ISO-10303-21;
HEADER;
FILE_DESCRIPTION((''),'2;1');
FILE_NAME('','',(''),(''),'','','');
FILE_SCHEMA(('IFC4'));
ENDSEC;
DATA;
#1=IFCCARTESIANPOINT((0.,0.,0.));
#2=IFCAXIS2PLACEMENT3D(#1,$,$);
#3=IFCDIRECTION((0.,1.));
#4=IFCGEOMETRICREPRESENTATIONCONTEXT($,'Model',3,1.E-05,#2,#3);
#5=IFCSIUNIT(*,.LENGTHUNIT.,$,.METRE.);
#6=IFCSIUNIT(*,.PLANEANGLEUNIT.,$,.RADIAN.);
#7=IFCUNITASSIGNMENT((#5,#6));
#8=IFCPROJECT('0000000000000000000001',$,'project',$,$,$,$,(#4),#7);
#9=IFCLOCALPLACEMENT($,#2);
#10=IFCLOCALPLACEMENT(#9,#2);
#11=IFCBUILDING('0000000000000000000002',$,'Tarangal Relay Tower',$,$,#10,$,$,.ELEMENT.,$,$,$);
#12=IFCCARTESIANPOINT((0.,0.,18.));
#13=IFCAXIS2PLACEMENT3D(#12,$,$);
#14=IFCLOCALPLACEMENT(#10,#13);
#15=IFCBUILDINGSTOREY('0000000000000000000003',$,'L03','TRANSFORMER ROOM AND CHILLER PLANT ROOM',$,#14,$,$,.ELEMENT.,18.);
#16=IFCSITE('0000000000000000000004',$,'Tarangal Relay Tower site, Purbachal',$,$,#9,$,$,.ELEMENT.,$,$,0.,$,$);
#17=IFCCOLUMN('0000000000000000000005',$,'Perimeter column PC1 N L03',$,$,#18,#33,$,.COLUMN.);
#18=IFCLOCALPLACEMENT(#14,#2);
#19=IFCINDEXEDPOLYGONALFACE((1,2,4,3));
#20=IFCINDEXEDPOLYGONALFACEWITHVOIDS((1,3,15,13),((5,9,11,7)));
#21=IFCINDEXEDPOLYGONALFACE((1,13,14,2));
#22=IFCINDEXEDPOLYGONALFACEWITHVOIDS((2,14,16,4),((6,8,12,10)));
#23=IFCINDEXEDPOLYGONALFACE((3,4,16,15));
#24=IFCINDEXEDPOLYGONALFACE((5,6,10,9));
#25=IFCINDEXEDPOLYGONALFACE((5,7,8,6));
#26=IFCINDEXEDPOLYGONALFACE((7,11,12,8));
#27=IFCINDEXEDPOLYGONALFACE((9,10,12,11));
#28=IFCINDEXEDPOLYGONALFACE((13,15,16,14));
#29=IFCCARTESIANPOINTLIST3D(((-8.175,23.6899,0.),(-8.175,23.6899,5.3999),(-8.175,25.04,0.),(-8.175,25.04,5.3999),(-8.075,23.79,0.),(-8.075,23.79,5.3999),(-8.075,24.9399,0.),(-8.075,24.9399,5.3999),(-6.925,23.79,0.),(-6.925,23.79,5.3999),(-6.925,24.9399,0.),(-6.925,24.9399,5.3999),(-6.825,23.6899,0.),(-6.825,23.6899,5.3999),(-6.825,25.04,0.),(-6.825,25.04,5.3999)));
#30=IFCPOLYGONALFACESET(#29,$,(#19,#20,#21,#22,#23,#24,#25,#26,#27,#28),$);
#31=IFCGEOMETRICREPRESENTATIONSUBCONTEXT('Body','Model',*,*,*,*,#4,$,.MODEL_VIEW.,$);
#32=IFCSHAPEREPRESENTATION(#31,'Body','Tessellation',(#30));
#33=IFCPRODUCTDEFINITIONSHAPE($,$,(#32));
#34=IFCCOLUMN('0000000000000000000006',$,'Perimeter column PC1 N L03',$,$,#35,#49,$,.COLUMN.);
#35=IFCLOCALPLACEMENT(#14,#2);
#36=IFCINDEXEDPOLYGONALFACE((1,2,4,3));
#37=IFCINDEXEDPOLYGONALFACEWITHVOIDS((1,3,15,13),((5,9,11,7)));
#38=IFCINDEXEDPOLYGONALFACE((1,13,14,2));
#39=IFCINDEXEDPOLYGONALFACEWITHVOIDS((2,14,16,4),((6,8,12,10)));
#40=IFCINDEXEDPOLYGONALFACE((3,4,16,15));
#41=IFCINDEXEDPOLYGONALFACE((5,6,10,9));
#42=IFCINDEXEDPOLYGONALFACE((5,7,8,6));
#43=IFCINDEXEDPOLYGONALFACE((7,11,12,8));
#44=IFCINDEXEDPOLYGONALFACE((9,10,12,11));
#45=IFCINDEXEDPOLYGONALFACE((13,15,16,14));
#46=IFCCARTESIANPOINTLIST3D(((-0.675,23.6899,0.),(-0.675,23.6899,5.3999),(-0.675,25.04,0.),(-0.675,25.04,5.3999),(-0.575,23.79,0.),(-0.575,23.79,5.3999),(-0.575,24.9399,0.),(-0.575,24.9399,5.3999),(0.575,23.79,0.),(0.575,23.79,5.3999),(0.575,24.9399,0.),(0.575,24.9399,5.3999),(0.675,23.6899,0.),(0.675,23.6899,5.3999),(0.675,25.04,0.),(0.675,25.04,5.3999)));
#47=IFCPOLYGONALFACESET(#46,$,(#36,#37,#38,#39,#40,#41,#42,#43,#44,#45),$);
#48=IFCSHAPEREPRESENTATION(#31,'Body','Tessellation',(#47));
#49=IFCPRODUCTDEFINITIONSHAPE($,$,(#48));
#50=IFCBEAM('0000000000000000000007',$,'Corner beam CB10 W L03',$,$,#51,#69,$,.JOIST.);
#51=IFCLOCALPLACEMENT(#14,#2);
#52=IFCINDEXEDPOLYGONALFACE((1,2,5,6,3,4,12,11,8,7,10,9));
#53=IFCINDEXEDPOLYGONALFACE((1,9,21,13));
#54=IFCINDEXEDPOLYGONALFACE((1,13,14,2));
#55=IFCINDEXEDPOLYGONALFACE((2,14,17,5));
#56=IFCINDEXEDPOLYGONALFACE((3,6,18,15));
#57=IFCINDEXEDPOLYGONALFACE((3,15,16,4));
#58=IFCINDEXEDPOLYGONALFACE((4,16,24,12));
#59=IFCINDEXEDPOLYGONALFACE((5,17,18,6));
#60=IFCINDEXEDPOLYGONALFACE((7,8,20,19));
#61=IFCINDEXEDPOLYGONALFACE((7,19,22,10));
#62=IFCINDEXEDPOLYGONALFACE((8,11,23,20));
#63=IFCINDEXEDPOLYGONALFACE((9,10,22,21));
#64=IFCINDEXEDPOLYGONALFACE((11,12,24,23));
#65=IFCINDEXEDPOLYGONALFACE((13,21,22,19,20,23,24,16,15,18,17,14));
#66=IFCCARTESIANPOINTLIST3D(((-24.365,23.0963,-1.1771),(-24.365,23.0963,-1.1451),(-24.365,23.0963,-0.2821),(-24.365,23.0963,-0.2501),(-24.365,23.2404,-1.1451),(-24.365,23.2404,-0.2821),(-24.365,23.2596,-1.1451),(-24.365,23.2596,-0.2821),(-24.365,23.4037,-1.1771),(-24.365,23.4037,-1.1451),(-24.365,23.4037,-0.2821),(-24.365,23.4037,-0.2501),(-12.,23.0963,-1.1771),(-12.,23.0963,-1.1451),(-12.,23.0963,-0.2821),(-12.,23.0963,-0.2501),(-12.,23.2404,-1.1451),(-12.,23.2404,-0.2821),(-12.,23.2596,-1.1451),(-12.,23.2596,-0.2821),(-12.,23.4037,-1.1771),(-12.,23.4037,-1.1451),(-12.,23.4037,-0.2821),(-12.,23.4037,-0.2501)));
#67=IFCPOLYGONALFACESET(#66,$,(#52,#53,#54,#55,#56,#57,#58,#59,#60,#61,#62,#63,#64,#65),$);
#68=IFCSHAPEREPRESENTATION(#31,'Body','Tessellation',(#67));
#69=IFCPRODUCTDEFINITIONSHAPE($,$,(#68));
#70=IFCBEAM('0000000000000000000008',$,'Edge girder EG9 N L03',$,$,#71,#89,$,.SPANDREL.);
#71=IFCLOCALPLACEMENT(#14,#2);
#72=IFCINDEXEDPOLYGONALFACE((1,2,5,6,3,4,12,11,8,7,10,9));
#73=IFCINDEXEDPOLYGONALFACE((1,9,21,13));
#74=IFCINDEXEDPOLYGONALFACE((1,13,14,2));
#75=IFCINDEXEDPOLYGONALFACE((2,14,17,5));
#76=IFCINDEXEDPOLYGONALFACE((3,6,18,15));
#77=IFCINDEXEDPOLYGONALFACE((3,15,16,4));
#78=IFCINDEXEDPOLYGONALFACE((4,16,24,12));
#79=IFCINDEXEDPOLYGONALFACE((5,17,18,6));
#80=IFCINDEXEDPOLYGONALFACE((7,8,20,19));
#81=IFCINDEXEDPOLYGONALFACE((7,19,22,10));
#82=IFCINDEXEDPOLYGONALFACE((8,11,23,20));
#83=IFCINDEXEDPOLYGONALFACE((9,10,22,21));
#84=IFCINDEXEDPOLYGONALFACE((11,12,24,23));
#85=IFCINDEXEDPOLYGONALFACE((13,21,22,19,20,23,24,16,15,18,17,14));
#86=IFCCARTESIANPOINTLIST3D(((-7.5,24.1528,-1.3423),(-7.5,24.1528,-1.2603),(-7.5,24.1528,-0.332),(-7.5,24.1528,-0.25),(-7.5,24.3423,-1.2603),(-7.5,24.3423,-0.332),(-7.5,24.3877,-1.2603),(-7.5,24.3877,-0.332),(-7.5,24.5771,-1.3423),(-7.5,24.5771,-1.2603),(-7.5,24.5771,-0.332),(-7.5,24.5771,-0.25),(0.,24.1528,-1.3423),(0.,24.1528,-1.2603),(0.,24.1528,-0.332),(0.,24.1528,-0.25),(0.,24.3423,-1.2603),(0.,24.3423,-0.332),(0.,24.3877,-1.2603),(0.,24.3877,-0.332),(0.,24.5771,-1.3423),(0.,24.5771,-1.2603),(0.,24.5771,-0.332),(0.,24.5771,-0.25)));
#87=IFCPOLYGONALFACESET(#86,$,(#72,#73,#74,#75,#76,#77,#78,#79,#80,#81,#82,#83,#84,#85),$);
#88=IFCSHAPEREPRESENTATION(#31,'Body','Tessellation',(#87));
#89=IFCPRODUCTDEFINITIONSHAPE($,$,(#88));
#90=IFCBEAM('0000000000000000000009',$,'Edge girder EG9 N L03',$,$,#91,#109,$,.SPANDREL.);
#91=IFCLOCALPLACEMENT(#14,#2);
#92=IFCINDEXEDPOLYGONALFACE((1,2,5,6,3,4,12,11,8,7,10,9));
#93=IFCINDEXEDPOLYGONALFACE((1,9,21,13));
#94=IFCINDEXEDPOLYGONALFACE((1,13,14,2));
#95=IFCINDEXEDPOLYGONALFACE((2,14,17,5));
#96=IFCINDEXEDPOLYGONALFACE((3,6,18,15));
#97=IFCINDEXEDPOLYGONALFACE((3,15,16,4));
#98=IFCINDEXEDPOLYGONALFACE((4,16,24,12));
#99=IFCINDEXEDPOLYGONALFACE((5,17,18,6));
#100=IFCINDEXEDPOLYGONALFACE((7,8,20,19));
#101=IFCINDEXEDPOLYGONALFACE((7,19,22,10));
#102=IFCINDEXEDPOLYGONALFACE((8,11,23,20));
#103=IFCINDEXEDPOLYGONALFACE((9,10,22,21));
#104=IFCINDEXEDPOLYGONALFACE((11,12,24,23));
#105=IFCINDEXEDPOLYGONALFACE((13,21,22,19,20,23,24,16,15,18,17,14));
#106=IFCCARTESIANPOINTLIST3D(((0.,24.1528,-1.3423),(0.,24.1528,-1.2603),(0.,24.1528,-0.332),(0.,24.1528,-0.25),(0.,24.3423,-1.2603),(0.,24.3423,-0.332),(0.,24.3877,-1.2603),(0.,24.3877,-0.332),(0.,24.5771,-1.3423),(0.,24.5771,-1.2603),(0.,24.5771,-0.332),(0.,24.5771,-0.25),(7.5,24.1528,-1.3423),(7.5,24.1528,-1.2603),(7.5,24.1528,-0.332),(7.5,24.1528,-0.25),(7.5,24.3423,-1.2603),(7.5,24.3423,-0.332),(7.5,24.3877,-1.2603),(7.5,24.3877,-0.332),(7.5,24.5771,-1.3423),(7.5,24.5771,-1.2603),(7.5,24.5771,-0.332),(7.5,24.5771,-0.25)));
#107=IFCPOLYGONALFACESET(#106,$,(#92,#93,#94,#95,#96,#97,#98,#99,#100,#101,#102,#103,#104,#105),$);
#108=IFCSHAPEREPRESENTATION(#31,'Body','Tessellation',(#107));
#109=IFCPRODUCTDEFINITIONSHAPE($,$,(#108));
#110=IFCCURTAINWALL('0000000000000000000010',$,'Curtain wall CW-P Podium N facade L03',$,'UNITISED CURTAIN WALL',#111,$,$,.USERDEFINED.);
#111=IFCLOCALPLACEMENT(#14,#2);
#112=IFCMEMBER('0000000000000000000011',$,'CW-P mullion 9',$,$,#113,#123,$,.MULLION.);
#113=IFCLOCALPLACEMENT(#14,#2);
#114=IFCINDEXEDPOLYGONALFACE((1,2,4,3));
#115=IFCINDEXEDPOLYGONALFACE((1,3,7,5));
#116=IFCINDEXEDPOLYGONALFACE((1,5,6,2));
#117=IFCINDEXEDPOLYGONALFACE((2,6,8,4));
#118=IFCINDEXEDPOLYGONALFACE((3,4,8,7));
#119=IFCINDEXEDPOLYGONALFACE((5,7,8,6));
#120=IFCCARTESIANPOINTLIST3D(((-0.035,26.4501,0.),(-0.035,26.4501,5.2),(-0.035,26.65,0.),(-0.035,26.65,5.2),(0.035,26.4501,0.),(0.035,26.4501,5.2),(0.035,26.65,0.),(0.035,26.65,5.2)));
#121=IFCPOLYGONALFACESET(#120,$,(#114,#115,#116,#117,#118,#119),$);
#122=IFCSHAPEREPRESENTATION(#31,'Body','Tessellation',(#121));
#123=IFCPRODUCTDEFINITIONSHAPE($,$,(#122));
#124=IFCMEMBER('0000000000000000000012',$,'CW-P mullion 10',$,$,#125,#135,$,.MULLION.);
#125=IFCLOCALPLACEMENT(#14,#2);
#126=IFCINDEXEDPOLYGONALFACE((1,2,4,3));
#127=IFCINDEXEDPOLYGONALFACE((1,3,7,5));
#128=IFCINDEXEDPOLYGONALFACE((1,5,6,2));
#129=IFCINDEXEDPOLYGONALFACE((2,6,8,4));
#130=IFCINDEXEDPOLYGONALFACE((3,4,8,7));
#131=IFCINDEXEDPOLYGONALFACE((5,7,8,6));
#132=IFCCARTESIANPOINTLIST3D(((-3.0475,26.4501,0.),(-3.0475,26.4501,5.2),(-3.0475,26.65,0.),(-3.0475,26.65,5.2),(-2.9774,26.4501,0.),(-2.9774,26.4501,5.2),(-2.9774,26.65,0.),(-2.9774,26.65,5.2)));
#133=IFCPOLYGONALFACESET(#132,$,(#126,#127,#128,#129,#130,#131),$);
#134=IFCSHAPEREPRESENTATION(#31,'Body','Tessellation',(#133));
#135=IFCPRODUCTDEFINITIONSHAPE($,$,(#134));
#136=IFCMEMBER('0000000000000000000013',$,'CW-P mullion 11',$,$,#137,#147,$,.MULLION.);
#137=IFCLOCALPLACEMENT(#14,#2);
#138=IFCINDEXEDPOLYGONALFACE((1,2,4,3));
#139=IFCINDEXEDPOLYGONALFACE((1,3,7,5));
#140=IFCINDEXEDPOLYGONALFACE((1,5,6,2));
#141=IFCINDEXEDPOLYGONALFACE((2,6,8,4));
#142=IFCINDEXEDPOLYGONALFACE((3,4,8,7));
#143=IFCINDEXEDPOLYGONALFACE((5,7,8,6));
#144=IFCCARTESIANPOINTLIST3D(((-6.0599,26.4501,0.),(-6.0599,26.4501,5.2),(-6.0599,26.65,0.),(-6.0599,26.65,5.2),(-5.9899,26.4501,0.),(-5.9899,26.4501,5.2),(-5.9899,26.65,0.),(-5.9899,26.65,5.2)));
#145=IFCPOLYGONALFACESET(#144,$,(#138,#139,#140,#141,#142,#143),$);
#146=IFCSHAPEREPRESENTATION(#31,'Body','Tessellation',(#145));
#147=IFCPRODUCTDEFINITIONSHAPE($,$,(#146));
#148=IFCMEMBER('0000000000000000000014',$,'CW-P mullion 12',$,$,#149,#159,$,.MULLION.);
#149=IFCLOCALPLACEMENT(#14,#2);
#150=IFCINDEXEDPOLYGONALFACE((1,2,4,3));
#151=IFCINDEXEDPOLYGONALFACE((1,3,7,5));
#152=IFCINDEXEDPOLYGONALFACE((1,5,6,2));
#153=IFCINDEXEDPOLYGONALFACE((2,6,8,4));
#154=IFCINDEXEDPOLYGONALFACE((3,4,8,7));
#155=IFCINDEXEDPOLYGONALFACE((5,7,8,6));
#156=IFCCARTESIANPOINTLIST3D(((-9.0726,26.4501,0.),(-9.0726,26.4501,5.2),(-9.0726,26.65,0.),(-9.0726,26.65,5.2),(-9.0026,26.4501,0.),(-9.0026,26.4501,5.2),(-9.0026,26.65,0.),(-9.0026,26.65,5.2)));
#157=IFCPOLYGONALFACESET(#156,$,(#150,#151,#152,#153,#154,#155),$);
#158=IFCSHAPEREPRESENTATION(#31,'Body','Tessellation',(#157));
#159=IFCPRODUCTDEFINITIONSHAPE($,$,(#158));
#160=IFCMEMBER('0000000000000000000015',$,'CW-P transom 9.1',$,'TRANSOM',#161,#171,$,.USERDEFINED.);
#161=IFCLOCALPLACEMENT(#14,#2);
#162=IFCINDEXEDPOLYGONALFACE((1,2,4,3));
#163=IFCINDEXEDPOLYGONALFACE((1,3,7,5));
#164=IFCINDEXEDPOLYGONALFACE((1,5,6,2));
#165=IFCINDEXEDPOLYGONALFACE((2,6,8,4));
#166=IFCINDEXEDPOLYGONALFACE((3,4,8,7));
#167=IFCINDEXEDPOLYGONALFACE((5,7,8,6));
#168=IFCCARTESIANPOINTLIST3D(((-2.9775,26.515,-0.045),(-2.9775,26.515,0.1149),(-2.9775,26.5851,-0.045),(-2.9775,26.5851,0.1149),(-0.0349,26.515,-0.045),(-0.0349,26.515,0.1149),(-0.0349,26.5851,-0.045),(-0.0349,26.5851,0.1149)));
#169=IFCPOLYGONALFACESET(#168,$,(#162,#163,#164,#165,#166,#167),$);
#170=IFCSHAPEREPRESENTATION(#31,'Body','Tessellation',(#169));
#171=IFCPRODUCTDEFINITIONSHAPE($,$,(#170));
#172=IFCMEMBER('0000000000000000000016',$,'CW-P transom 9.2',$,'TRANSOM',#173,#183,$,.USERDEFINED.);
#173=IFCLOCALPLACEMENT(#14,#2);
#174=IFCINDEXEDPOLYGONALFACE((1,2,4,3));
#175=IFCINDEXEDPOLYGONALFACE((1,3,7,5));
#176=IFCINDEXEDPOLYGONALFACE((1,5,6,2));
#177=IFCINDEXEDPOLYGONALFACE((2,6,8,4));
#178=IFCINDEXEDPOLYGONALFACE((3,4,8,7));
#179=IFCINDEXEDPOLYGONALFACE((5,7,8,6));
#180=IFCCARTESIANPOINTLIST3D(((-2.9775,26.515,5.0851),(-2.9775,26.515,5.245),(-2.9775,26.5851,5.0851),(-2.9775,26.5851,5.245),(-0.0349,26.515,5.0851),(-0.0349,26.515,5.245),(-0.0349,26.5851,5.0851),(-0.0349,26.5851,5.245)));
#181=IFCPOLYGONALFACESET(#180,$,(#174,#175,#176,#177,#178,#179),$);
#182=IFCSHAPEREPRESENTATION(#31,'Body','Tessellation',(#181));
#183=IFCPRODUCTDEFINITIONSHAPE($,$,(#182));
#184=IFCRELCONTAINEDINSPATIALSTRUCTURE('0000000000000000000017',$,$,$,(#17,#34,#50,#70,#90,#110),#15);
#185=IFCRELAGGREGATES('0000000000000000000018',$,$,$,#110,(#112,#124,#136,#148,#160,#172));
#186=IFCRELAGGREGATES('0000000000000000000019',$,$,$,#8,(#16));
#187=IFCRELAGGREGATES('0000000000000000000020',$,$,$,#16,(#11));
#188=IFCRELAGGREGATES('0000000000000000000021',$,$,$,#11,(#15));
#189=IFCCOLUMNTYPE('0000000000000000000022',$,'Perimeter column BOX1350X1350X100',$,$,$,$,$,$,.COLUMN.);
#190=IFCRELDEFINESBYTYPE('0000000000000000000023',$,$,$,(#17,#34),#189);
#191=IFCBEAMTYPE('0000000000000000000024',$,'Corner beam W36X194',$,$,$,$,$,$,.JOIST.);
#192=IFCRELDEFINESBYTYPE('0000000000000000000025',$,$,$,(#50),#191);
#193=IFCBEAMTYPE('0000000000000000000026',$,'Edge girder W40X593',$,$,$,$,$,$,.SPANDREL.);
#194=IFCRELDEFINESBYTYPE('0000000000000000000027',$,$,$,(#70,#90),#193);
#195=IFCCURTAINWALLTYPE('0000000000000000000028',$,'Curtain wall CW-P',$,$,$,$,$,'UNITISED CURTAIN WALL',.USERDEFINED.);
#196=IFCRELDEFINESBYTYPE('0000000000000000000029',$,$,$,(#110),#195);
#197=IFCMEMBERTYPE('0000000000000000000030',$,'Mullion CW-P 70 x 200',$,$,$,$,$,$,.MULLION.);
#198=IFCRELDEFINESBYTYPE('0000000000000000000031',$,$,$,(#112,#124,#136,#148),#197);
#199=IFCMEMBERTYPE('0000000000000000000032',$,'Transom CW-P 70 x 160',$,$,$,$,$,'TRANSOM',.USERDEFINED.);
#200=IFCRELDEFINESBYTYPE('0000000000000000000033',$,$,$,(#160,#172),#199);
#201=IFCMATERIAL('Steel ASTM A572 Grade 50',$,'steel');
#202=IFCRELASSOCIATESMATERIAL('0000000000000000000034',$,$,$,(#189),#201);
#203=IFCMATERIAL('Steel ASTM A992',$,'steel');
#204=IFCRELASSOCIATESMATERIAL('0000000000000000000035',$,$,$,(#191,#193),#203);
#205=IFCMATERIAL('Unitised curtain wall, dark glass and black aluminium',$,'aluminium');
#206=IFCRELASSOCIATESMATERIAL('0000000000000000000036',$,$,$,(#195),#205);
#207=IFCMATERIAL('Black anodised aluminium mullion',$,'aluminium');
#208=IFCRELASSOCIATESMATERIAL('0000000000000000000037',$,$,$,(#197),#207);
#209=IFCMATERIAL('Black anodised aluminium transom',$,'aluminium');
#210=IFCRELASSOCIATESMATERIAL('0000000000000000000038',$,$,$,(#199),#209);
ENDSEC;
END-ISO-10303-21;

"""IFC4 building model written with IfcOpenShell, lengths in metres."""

from ifc_helpers import new_model, si_unit, direction, frame, origin, origin_2d, place, context, subcontext, project, spatial, rectangle, hollow_rectangle, i_section, extrude, material, material_profile, profile_set, type_object, element, aggregate, save


model = new_model("IFC4")

# Units and contexts
model_context = context("Model", 3, precision=1e-05, world=origin(), true_north=direction((0.0, 1.0)))
body_context = subcontext(model_context, "Body", "Model", "MODEL_VIEW")
ifc_project = project(units=[si_unit("LENGTHUNIT", "METRE"), si_unit("PLANEANGLEUNIT", "RADIAN")], contexts=[model_context])

# Site, building, storey
site_placement = place(None, origin())
site = spatial("IfcSite", under=ifc_project, at=site_placement, Name="Tarangal Relay Tower site, Purbachal", CompositionType="ELEMENT", RefElevation=0.0)
building_placement = place(site_placement, origin())
building = spatial("IfcBuilding", under=site, at=building_placement, Name="Tarangal Relay Tower", CompositionType="ELEMENT")
storey_placement = place(building_placement, frame((0.0, 0.0, 18.0)))
storey = spatial("IfcBuildingStorey", under=building, at=storey_placement, Name="L03", Description="TRANSFORMER ROOM AND CHILLER PLANT ROOM", CompositionType="ELEMENT", Elevation=18.0)

# Columns
ifc_material_1 = material(Name="Steel ASTM A572 Grade 50", Category="steel")
ifc_material_profile_1 = material_profile(ifc_material_1, hollow_rectangle(XDim=1.3501, YDim=1.3501, WallThickness=0.1001, at=origin_2d()), Name="BOX1350X1350X100")
ifc_profile_set_1 = profile_set([ifc_material_profile_1], Name="Steel ASTM A572 Grade 50")
column_type = type_object("IfcColumnType", Name="Perimeter column BOX1350X1350X100", PredefinedType="COLUMN", material=ifc_profile_set_1)
for number, where, z_axis, x_axis, name in (
    (1, (-7.5, 24.365, 0.0), (0.0, 0.0, 1.0), (1.0, 0.0, 0.0), "Perimeter column PC1 N L03"),
    (2, (0.0, 24.365, 0.0), (0.0, 0.0, 1.0), (1.0, 0.0, 0.0), "Perimeter column PC1 N L03"),
):
    element("IfcColumn", number, at=place(storey_placement, frame(where, z_axis=z_axis, x_axis=x_axis)), inside=storey, type_object=column_type, Name=name, PredefinedType="COLUMN", context=body_context, shape_type="SweptSolid", body=[
        extrude(hollow_rectangle(XDim=1.3501, YDim=1.3501, WallThickness=0.1001, at=origin_2d()), origin(), (0.0, 0.0, 1.0), 5.3999),
    ])

# Beams
ifc_material_2 = material(Name="Steel ASTM A992", Category="steel")
ifc_material_profile_2 = material_profile(ifc_material_2, i_section(OverallWidth=0.3074, OverallDepth=0.927, WebThickness=0.0193, FlangeThickness=0.032, at=origin_2d()), Name="W36X194")
ifc_profile_set_2 = profile_set([ifc_material_profile_2], Name="Steel ASTM A992")
beam_type_1 = type_object("IfcBeamType", Name="Corner beam W36X194", PredefinedType="JOIST", material=ifc_profile_set_2)
beam_placement = place(storey_placement, frame((-12.0, 23.25, -0.7136), z_axis=(-1.0, 0.0, 0.0), x_axis=(0.0, -1.0, 0.0)))
element("IfcBeam", 3, at=beam_placement, inside=storey, type_object=beam_type_1, Name="Corner beam CB10 W L03", PredefinedType="JOIST", context=body_context, shape_type="SweptSolid", body=[
    extrude(i_section(OverallWidth=0.3074, OverallDepth=0.927, WebThickness=0.0193, FlangeThickness=0.032, at=origin_2d()), origin(), (0.0, 0.0, 1.0), 12.365),
])
ifc_material_profile_3 = material_profile(ifc_material_2, i_section(OverallWidth=0.4243, OverallDepth=1.0923, WebThickness=0.0454, FlangeThickness=0.082, at=origin_2d()), Name="W40X593")
ifc_profile_set_3 = profile_set([ifc_material_profile_3], Name="Steel ASTM A992")
beam_type_2 = type_object("IfcBeamType", Name="Edge girder W40X593", PredefinedType="SPANDREL", material=ifc_profile_set_3)
for number, where, z_axis, x_axis, name in (
    (4, (-7.5, 24.365, -0.7961), (1.0, 0.0, 0.0), (0.0, 1.0, 0.0), "Edge girder EG9 N L03"),
    (5, (0.0, 24.365, -0.7961), (1.0, 0.0, 0.0), (0.0, 1.0, 0.0), "Edge girder EG9 N L03"),
):
    element("IfcBeam", number, at=place(storey_placement, frame(where, z_axis=z_axis, x_axis=x_axis)), inside=storey, type_object=beam_type_2, Name=name, PredefinedType="SPANDREL", context=body_context, shape_type="SweptSolid", body=[
        extrude(i_section(OverallWidth=0.4243, OverallDepth=1.0923, WebThickness=0.0454, FlangeThickness=0.082, at=origin_2d()), origin(), (0.0, 0.0, 1.0), 7.5),
    ])

# Curtain wall, members
ifc_material_3 = material(Name="Unitised curtain wall, dark glass and black aluminium", Category="aluminium")
curtain_wall_type = type_object("IfcCurtainWallType", Name="Curtain wall CW-P", ElementType="UNITISED CURTAIN WALL", PredefinedType="USERDEFINED", material=ifc_material_3)
curtain_wall_placement = place(storey_placement, origin())
curtain_wall = element("IfcCurtainWall", 6, at=curtain_wall_placement, inside=storey, type_object=curtain_wall_type, Name="Curtain wall CW-P Podium N facade L03", ObjectType="UNITISED CURTAIN WALL", PredefinedType="USERDEFINED")
ifc_material_4 = material(Name="Black anodised aluminium mullion", Category="aluminium")
ifc_material_profile_4 = material_profile(ifc_material_4, rectangle(XDim=0.2, YDim=0.0701, at=origin_2d()), Name="CW-PM 70X200")
ifc_profile_set_4 = profile_set([ifc_material_profile_4], Name="Black anodised aluminium mullion")
member_type_1 = type_object("IfcMemberType", Name="Mullion CW-P 70 x 200", PredefinedType="MULLION", material=ifc_profile_set_4)
member_1_placement = place(storey_placement, frame((0.0, 26.55, 0.0), z_axis=(0.0, 0.0, 1.0), x_axis=(0.0, -1.0, 0.0)))
member_1 = element("IfcMember", 7, at=member_1_placement, type_object=member_type_1, Name="CW-P mullion 9", PredefinedType="MULLION", context=body_context, shape_type="SweptSolid", body=[
    extrude(rectangle(XDim=0.2, YDim=0.0701, at=origin_2d()), origin(), (0.0, 0.0, 1.0), 5.2),
])
member_2_placement = place(storey_placement, frame((-3.0125, 26.55, 0.0), z_axis=(0.0, 0.0, 1.0), x_axis=(0.0, -1.0, 0.0)))
member_2 = element("IfcMember", 8, at=member_2_placement, type_object=member_type_1, Name="CW-P mullion 10", PredefinedType="MULLION", context=body_context, shape_type="SweptSolid", body=[
    extrude(rectangle(XDim=0.2, YDim=0.0701, at=origin_2d()), origin(), (0.0, 0.0, 1.0), 5.2),
])
member_3_placement = place(storey_placement, frame((-6.0249, 26.55, 0.0), z_axis=(0.0, 0.0, 1.0), x_axis=(0.0, -1.0, 0.0)))
member_3 = element("IfcMember", 9, at=member_3_placement, type_object=member_type_1, Name="CW-P mullion 11", PredefinedType="MULLION", context=body_context, shape_type="SweptSolid", body=[
    extrude(rectangle(XDim=0.2, YDim=0.0701, at=origin_2d()), origin(), (0.0, 0.0, 1.0), 5.2),
])
member_4_placement = place(storey_placement, frame((-9.0376, 26.55, 0.0), z_axis=(0.0, 0.0, 1.0), x_axis=(0.0, -1.0, 0.0)))
member_4 = element("IfcMember", 10, at=member_4_placement, type_object=member_type_1, Name="CW-P mullion 12", PredefinedType="MULLION", context=body_context, shape_type="SweptSolid", body=[
    extrude(rectangle(XDim=0.2, YDim=0.0701, at=origin_2d()), origin(), (0.0, 0.0, 1.0), 5.2),
])
ifc_material_5 = material(Name="Black anodised aluminium transom", Category="aluminium")
ifc_material_profile_5 = material_profile(ifc_material_5, rectangle(XDim=0.0701, YDim=0.1599, at=origin_2d()), Name="CW-PT 70X160")
ifc_profile_set_5 = profile_set([ifc_material_profile_5], Name="Black anodised aluminium transom")
member_type_2 = type_object("IfcMemberType", Name="Transom CW-P 70 x 160", ElementType="TRANSOM", PredefinedType="USERDEFINED", material=ifc_profile_set_5)
member_5_placement = place(storey_placement, frame((-0.0349, 26.55, 0.0349), z_axis=(-1.0, 0.0, 0.0), x_axis=(0.0, -1.0, 0.0)))
member_5 = element("IfcMember", 11, at=member_5_placement, type_object=member_type_2, Name="CW-P transom 9.1", ObjectType="TRANSOM", PredefinedType="USERDEFINED", context=body_context, shape_type="SweptSolid", body=[
    extrude(rectangle(XDim=0.0701, YDim=0.1599, at=origin_2d()), origin(), (0.0, 0.0, 1.0), 2.9426),
])
member_6_placement = place(storey_placement, frame((-0.0349, 26.55, 5.165), z_axis=(-1.0, 0.0, 0.0), x_axis=(0.0, -1.0, 0.0)))
member_6 = element("IfcMember", 12, at=member_6_placement, type_object=member_type_2, Name="CW-P transom 9.2", ObjectType="TRANSOM", PredefinedType="USERDEFINED", context=body_context, shape_type="SweptSolid", body=[
    extrude(rectangle(XDim=0.0701, YDim=0.1599, at=origin_2d()), origin(), (0.0, 0.0, 1.0), 2.9426),
])
aggregate(curtain_wall, [member_1, member_2, member_3, member_4, member_5, member_6])

save(model, "model.ifc")
